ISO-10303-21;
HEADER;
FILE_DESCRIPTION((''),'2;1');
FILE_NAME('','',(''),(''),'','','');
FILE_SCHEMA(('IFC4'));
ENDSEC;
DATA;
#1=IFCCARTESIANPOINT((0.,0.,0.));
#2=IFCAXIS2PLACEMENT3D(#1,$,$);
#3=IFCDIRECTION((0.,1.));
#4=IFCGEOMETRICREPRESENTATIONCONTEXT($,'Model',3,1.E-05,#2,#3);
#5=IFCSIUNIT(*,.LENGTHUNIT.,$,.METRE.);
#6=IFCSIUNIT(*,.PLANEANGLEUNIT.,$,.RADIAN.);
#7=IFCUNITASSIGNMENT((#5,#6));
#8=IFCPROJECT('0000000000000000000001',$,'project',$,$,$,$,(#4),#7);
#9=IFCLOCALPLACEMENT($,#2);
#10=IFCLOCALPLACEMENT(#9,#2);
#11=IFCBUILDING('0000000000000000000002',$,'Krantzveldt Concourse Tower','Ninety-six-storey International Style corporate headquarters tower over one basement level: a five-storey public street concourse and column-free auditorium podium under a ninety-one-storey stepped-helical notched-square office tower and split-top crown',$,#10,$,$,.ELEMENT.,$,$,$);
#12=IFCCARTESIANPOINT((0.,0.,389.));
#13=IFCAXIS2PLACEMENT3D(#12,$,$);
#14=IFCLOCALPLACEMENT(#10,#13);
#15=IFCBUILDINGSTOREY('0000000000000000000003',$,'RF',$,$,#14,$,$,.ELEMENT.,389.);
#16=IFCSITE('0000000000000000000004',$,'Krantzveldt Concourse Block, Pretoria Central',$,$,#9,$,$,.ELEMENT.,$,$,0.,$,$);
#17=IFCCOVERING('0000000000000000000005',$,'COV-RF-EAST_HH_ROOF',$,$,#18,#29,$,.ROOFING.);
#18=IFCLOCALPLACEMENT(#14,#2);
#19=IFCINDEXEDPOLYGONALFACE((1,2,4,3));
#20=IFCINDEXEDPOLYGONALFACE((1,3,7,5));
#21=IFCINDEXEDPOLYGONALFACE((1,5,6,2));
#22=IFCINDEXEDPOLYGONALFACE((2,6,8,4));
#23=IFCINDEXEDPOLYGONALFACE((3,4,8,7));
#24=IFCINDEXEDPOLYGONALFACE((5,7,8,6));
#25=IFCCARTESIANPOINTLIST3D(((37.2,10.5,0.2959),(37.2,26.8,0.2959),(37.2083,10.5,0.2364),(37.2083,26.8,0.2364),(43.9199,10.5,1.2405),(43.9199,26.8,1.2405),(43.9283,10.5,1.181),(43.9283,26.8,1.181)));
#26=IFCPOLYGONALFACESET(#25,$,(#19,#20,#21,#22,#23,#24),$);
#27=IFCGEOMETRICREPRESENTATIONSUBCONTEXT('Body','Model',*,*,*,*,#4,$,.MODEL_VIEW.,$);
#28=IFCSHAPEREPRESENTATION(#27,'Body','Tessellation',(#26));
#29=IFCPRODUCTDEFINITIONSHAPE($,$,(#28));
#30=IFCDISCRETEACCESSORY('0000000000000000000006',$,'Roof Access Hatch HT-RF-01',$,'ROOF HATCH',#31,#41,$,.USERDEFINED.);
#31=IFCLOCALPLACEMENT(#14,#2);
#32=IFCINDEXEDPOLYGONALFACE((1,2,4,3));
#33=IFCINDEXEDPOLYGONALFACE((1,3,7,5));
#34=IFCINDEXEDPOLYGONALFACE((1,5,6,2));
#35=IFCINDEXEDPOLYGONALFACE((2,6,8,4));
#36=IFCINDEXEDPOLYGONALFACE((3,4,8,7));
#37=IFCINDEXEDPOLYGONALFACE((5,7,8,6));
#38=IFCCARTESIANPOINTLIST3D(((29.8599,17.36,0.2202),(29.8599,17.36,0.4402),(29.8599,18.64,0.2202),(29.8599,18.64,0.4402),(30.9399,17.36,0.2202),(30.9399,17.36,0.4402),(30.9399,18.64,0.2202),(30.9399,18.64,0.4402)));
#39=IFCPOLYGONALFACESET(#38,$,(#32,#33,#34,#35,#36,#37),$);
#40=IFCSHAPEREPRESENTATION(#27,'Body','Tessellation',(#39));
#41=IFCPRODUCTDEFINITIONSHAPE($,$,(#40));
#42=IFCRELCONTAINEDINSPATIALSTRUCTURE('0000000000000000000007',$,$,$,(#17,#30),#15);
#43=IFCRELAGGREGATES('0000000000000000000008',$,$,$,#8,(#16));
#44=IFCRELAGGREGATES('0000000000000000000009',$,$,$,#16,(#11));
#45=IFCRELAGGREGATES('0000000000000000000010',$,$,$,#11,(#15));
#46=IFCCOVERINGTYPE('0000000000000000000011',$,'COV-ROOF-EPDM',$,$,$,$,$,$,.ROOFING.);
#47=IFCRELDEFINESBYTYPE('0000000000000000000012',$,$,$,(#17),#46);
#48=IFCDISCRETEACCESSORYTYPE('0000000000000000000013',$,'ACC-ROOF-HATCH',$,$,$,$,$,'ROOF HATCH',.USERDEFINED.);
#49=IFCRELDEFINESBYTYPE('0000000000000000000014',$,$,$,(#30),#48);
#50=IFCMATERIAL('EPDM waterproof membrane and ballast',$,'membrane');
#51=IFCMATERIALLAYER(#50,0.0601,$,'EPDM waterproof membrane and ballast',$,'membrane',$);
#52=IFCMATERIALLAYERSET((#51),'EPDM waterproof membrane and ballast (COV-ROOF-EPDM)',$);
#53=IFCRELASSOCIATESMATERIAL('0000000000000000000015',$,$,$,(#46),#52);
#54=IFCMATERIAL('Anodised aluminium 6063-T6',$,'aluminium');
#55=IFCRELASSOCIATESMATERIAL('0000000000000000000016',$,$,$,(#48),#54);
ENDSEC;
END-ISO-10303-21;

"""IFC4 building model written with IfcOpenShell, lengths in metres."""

from ifc_helpers import new_model, si_unit, direction, frame, origin, origin_2d, place, context, subcontext, project, spatial, polyline, rectangle, outline, extrude, source, transform, mapped, material, layer, layer_set, type_object, type_shapes, element, save


model = new_model("IFC4")

# Units and contexts
model_context = context("Model", 3, precision=1e-05, world=origin(), true_north=direction((0.0, 1.0)))
body_context = subcontext(model_context, "Body", "Model", "MODEL_VIEW")
ifc_project = project(units=[si_unit("LENGTHUNIT", "METRE"), si_unit("PLANEANGLEUNIT", "RADIAN")], contexts=[model_context])

# Site, building, storey
site_placement = place(None, origin())
site = spatial("IfcSite", under=ifc_project, at=site_placement, Name="Krantzveldt Concourse Block, Pretoria Central", CompositionType="ELEMENT", RefElevation=0.0)
building_placement = place(site_placement, origin())
building = spatial("IfcBuilding", under=site, at=building_placement, Name="Krantzveldt Concourse Tower", Description="Ninety-six-storey International Style corporate headquarters tower over one basement level: a five-storey public street concourse and column-free auditorium podium under a ninety-one-storey stepped-helical notched-square office tower and split-top crown", CompositionType="ELEMENT")
storey_placement = place(building_placement, frame((0.0, 0.0, 389.0)))
storey = spatial("IfcBuildingStorey", under=building, at=storey_placement, Name="RF", CompositionType="ELEMENT", Elevation=389.0)

# Covering
ifc_material_1 = material(Name="EPDM waterproof membrane and ballast", Category="membrane")
ifc_layer_1 = layer(ifc_material_1, 0.0601, Name="EPDM waterproof membrane and ballast", Category="membrane")
ifc_layer_set_1 = layer_set([ifc_layer_1], Name="EPDM waterproof membrane and ballast (COV-ROOF-EPDM)")
covering_type = type_object("IfcCoveringType", Name="COV-ROOF-EPDM", PredefinedType="ROOFING", material=ifc_layer_set_1)
covering_1_placement = place(storey_placement, frame((37.2, 10.5, 0.2959), z_axis=(-0.139195, 0.0, 0.990265), x_axis=(0.990265, 0.0, 0.139195)))
element("IfcCovering", 1, at=covering_1_placement, inside=storey, type_object=covering_type, Name="COV-RF-EAST_HH_ROOF", PredefinedType="ROOFING", context=body_context, shape_type="SweptSolid", body=[
    extrude(outline(polyline([(0.0, 0.0), (6.786, 0.0), (6.786, 16.3), (0.0, 16.3), (0.0, 0.0)])), origin(), (0.0, 0.0, -1.0), 0.0601),
])

# Discrete accessory
ifc_material_2 = material(Name="Anodised aluminium 6063-T6", Category="aluminium")
discrete_accessory_type = type_object("IfcDiscreteAccessoryType", Name="ACC-ROOF-HATCH", ElementType="ROOF HATCH", PredefinedType="USERDEFINED", material=ifc_material_2)
shared_shape = source(origin(), body_context, "Body", "SweptSolid", [
    extrude(rectangle(XDim=1.0801, YDim=1.28, at=origin_2d()), origin(), (0.0, 0.0, 1.0), 0.22),
])
type_shapes(discrete_accessory_type, [shared_shape])
discrete_accessory_placement = place(storey_placement, frame((30.3999, 18.0, 0.2202), z_axis=(0.0, 0.0, 1.0), x_axis=(1.0, 0.0, 0.0)))
element("IfcDiscreteAccessory", 2, at=discrete_accessory_placement, inside=storey, type_object=discrete_accessory_type, Name="Roof Access Hatch HT-RF-01", ObjectType="ROOF HATCH", PredefinedType="USERDEFINED", context=body_context, shape_type="MappedRepresentation", body=[
    mapped(shared_shape, transform((0.0, 0.0, 0.0), x_axis=(1.0, 0.0, 0.0), y_axis=(0.0, 1.0, 0.0), z_axis=(0.0, 0.0, 1.0), scale=1.0)),
])

save(model, "model.ifc")
